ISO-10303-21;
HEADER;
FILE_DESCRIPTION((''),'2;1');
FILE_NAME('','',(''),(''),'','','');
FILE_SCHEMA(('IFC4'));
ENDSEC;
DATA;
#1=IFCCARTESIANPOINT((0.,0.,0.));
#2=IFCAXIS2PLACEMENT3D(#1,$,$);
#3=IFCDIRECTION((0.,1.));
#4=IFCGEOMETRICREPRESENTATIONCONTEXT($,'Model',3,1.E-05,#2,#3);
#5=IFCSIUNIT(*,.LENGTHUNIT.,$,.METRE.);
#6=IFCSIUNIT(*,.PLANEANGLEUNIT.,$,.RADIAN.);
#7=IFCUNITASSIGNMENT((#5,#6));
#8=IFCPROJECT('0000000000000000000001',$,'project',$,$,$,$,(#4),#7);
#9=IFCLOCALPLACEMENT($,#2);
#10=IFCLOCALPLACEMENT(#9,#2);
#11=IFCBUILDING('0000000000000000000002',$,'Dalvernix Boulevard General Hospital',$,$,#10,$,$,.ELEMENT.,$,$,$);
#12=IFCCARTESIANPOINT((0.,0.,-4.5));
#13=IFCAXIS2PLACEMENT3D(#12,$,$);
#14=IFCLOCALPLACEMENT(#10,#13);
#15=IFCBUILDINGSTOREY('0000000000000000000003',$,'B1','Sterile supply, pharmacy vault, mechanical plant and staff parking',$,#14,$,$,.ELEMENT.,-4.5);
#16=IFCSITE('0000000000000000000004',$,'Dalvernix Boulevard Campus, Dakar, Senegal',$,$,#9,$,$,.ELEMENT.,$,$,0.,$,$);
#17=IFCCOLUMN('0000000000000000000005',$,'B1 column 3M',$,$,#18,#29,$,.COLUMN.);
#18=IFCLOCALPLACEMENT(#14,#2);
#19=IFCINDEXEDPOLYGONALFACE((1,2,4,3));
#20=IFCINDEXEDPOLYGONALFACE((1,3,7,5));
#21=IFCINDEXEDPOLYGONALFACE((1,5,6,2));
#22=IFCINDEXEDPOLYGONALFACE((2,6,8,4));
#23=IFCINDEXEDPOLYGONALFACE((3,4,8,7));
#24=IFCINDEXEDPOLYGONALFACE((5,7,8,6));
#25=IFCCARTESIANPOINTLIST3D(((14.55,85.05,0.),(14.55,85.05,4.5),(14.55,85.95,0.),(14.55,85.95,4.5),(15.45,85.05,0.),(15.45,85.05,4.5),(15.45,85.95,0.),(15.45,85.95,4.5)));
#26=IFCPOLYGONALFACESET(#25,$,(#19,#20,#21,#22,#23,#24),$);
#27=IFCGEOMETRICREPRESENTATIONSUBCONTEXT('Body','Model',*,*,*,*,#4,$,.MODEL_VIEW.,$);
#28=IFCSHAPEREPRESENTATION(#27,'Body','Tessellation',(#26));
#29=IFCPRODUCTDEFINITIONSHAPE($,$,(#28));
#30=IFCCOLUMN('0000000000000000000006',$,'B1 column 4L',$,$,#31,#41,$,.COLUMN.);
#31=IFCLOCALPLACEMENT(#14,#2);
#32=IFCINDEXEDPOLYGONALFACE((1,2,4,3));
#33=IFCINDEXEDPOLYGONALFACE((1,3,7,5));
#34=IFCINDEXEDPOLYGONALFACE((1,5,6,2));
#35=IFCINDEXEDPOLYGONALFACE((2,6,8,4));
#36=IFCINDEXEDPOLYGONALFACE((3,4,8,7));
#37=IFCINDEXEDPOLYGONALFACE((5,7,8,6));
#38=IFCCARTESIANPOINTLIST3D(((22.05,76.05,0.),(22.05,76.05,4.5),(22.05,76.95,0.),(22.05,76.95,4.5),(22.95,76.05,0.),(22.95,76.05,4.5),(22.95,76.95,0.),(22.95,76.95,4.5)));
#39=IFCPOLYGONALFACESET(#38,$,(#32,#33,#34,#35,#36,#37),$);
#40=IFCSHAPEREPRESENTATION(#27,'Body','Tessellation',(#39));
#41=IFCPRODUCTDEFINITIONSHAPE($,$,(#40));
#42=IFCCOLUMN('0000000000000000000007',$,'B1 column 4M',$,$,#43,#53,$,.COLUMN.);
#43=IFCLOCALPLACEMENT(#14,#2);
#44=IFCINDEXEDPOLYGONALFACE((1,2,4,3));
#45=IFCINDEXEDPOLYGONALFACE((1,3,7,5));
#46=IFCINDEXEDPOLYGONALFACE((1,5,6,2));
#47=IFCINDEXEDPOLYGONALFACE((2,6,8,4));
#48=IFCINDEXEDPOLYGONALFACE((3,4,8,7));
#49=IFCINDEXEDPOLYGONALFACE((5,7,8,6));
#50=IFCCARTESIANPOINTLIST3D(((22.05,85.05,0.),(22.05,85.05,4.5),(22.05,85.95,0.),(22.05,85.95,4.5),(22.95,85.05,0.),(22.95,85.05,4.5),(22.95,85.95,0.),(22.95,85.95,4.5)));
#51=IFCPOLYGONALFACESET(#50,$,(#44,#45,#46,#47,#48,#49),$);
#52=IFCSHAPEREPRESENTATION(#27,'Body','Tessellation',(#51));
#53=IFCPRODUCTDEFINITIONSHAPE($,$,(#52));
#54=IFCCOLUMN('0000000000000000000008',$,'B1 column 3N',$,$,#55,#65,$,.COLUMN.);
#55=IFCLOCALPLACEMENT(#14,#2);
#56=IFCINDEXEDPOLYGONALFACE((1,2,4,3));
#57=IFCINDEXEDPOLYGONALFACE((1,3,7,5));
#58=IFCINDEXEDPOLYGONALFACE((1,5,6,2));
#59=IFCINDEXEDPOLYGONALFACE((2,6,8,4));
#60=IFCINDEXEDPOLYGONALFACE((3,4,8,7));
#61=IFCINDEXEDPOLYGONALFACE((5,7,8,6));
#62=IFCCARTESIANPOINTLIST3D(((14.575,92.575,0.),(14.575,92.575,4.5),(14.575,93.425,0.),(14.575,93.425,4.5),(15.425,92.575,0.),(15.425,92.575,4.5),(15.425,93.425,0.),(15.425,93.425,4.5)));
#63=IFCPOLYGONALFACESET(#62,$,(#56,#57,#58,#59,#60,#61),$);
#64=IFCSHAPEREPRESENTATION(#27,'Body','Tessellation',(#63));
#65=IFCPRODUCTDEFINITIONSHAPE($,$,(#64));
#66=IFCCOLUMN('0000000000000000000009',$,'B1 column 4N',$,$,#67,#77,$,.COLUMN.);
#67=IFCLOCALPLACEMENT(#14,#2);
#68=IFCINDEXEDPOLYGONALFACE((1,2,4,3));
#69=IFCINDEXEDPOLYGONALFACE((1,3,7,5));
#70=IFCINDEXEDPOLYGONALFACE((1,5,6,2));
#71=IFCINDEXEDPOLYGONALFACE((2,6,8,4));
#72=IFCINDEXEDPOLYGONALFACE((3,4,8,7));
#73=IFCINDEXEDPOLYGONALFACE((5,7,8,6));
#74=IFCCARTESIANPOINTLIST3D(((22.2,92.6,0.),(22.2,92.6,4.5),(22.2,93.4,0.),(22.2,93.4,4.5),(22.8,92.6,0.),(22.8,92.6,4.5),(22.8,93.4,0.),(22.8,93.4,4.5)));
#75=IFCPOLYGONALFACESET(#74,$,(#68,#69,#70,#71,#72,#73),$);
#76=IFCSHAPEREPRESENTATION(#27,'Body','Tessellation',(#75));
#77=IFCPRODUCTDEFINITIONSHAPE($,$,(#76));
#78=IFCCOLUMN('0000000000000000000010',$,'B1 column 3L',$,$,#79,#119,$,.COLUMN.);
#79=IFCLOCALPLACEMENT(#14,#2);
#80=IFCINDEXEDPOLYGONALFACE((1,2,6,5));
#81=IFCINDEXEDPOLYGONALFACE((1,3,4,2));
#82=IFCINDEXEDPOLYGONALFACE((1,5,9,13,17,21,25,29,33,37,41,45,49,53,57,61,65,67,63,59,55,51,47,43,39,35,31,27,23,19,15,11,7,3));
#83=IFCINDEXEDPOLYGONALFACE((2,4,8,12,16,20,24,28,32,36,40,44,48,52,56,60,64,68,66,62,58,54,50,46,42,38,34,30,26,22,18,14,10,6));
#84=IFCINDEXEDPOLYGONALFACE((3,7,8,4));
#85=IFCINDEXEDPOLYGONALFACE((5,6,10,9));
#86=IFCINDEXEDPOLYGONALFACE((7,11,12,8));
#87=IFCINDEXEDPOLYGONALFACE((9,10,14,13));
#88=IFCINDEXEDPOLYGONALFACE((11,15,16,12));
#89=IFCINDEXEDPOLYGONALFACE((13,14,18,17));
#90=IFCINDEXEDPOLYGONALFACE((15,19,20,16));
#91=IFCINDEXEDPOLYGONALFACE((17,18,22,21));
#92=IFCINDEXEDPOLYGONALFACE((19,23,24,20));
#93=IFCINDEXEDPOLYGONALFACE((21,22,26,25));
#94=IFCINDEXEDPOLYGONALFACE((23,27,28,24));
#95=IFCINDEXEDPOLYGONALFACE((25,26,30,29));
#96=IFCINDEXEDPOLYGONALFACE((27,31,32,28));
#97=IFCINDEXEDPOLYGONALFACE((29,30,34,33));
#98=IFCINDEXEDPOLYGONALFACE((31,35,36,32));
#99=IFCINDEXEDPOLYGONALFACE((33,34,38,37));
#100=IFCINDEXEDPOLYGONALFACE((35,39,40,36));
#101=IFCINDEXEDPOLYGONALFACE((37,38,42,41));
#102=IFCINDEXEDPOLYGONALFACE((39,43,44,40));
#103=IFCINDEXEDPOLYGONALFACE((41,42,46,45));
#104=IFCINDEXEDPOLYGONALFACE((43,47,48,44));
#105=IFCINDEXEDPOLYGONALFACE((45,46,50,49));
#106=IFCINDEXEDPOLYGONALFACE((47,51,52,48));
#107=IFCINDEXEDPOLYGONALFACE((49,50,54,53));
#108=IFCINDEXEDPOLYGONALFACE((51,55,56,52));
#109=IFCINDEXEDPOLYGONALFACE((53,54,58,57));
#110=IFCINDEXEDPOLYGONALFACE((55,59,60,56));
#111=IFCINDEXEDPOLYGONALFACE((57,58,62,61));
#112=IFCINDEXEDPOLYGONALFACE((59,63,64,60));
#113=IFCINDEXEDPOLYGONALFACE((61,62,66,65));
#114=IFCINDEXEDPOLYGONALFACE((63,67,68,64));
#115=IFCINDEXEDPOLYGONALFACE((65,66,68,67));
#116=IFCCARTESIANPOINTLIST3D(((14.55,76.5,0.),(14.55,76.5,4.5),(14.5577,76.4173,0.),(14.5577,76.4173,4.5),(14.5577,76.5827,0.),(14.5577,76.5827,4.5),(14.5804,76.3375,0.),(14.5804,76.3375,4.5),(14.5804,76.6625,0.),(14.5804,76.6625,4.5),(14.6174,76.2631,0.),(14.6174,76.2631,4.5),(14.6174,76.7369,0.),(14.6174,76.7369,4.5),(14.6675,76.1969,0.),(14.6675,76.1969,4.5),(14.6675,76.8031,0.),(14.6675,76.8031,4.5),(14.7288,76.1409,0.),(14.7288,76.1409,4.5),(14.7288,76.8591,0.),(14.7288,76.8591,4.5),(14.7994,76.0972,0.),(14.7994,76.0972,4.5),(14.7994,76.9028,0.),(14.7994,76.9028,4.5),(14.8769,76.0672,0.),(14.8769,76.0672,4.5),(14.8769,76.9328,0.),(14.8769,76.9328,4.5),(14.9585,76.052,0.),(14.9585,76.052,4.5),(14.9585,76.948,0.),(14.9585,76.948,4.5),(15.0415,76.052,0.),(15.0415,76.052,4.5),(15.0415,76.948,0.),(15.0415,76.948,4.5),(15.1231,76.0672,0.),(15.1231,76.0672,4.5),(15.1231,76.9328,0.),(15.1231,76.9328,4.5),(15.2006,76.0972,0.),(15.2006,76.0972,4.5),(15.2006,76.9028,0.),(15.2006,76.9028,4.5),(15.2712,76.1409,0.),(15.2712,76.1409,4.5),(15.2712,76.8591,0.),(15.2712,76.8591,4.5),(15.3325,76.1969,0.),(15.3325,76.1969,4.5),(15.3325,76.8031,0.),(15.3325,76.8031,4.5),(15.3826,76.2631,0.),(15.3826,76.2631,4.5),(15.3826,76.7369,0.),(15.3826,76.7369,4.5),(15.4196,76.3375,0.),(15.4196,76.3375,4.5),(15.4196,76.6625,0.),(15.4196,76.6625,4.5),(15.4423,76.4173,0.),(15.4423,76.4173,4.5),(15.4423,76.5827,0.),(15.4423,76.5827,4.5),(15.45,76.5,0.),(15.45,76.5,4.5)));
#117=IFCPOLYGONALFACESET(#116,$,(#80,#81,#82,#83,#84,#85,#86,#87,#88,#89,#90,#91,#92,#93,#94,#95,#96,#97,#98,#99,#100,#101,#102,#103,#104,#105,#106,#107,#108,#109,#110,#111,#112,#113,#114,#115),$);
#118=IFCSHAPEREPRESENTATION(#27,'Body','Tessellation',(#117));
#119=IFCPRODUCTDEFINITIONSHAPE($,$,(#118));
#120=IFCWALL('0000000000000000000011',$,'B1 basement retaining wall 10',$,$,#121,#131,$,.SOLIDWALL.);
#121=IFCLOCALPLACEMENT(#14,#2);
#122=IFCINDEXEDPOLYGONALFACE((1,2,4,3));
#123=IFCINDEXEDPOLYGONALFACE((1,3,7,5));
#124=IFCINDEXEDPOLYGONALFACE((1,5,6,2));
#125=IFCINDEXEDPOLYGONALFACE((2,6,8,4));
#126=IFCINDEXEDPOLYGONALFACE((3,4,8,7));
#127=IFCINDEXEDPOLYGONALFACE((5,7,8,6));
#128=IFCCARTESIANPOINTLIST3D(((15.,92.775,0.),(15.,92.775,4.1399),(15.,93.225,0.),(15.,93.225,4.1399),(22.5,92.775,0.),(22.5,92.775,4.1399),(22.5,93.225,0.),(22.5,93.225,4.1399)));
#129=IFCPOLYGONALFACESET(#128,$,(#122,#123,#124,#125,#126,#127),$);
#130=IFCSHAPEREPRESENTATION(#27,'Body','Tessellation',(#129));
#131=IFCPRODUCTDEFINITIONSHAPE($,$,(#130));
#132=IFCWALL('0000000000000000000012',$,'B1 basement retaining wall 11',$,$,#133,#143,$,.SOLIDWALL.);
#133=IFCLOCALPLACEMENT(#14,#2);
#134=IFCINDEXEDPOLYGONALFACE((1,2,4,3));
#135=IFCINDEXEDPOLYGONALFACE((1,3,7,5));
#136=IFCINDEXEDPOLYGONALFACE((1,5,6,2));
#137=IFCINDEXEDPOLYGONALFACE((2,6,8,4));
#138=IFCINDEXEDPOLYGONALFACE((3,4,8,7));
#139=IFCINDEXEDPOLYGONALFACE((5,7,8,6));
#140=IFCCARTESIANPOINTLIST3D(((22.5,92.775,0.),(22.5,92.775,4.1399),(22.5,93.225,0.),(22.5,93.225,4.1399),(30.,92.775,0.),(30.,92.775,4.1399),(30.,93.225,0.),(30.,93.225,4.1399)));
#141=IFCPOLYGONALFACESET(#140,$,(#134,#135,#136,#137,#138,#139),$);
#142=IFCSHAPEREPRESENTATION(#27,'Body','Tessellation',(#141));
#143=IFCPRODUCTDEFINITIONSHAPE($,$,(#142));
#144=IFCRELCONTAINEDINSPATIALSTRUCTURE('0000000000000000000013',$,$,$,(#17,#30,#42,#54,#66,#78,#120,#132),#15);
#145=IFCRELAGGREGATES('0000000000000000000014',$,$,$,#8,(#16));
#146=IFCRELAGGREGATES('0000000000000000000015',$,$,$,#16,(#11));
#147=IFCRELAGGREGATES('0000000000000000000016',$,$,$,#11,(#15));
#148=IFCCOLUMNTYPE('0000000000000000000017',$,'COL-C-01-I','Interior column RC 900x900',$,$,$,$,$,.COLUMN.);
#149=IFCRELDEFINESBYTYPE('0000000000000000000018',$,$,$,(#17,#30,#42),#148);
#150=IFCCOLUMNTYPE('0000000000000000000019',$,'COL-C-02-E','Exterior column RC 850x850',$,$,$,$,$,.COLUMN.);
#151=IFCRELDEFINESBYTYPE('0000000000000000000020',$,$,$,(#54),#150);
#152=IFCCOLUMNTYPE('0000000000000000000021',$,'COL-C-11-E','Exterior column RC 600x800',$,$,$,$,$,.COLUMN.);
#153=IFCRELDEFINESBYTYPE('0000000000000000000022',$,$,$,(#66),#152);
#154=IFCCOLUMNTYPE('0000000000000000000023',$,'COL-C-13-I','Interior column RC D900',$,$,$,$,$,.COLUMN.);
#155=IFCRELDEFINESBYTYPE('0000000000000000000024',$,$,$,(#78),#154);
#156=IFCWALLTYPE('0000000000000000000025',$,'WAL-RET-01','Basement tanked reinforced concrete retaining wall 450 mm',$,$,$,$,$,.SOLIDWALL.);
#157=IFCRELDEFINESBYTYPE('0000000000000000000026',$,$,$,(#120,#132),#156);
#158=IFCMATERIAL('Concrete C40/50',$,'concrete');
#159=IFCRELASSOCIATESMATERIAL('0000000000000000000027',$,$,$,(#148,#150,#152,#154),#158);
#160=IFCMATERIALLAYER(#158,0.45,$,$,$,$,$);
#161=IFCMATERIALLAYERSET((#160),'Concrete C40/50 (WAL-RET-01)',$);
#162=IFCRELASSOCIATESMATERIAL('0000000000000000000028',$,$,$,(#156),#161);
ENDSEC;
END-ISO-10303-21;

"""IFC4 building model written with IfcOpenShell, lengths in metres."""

from ifc_helpers import new_model, si_unit, direction, frame, frame_2d, origin, origin_2d, place, context, subcontext, project, spatial, rectangle, circle, extrude, material, layer, layer_set, material_profile, profile_set, type_object, element, save


model = new_model("IFC4")

# Units and contexts
model_context = context("Model", 3, precision=1e-05, world=origin(), true_north=direction((0.0, 1.0)))
body_context = subcontext(model_context, "Body", "Model", "MODEL_VIEW")
ifc_project = project(units=[si_unit("LENGTHUNIT", "METRE"), si_unit("PLANEANGLEUNIT", "RADIAN")], contexts=[model_context])

# Site, building, storey
site_placement = place(None, origin())
site = spatial("IfcSite", under=ifc_project, at=site_placement, Name="Dalvernix Boulevard Campus, Dakar, Senegal", CompositionType="ELEMENT", RefElevation=0.0)
building_placement = place(site_placement, origin())
building = spatial("IfcBuilding", under=site, at=building_placement, Name="Dalvernix Boulevard General Hospital", CompositionType="ELEMENT")
storey_placement = place(building_placement, frame((0.0, 0.0, -4.5)))
storey = spatial("IfcBuildingStorey", under=building, at=storey_placement, Name="B1", Description="Sterile supply, pharmacy vault, mechanical plant and staff parking", CompositionType="ELEMENT", Elevation=-4.5)

# Shared definitions
ifc_material_1 = material(Name="Concrete C40/50", Category="concrete")

# Columns
ifc_material_profile_1 = material_profile(ifc_material_1, rectangle(XDim=0.8999, YDim=0.8999, at=origin_2d()), Name="RC 900x900")
ifc_profile_set_1 = profile_set([ifc_material_profile_1], Name="Concrete C40/50")
column_type_1 = type_object("IfcColumnType", Name="COL-C-01-I", Description="Interior column RC 900x900", PredefinedType="COLUMN", material=ifc_profile_set_1)
for number, where, z_axis, x_axis, name in (
    (1, (15.0, 85.5, 0.0), (0.0, 0.0, 1.0), (1.0, 0.0, 0.0), "B1 column 3M"),
    (2, (22.5, 76.5, 0.0), (0.0, 0.0, 1.0), (1.0, 0.0, 0.0), "B1 column 4L"),
    (3, (22.5, 85.5, 0.0), (0.0, 0.0, 1.0), (1.0, 0.0, 0.0), "B1 column 4M"),
):
    element("IfcColumn", number, at=place(storey_placement, frame(where, z_axis=z_axis, x_axis=x_axis)), inside=storey, type_object=column_type_1, Name=name, PredefinedType="COLUMN", context=body_context, shape_type="SweptSolid", body=[
        extrude(rectangle(XDim=0.8999, YDim=0.8999, at=origin_2d()), origin(), (0.0, 0.0, 1.0), 4.5),
    ])
ifc_material_profile_2 = material_profile(ifc_material_1, rectangle(XDim=0.8501, YDim=0.8501, at=origin_2d()), Name="RC 850x850")
ifc_profile_set_2 = profile_set([ifc_material_profile_2], Name="Concrete C40/50")
column_type_2 = type_object("IfcColumnType", Name="COL-C-02-E", Description="Exterior column RC 850x850", PredefinedType="COLUMN", material=ifc_profile_set_2)
column_1_placement = place(storey_placement, frame((15.0, 93.0, 0.0), z_axis=(0.0, 0.0, 1.0), x_axis=(1.0, 0.0, 0.0)))
element("IfcColumn", 4, at=column_1_placement, inside=storey, type_object=column_type_2, Name="B1 column 3N", PredefinedType="COLUMN", context=body_context, shape_type="SweptSolid", body=[
    extrude(rectangle(XDim=0.8501, YDim=0.8501, at=origin_2d()), origin(), (0.0, 0.0, 1.0), 4.5),
])
ifc_material_profile_3 = material_profile(ifc_material_1, rectangle(XDim=0.6001, YDim=0.8, at=origin_2d()), Name="RC 600x800")
ifc_profile_set_3 = profile_set([ifc_material_profile_3], Name="Concrete C40/50")
column_type_3 = type_object("IfcColumnType", Name="COL-C-11-E", Description="Exterior column RC 600x800", PredefinedType="COLUMN", material=ifc_profile_set_3)
column_2_placement = place(storey_placement, frame((22.5, 93.0, 0.0), z_axis=(0.0, 0.0, 1.0), x_axis=(1.0, 0.0, 0.0)))
element("IfcColumn", 5, at=column_2_placement, inside=storey, type_object=column_type_3, Name="B1 column 4N", PredefinedType="COLUMN", context=body_context, shape_type="SweptSolid", body=[
    extrude(rectangle(XDim=0.6001, YDim=0.8, at=origin_2d()), origin(), (0.0, 0.0, 1.0), 4.5),
])
ifc_material_profile_4 = material_profile(ifc_material_1, circle(Radius=0.45, at=origin_2d()), Name="RC D900")
ifc_profile_set_4 = profile_set([ifc_material_profile_4], Name="Concrete C40/50")
column_type_4 = type_object("IfcColumnType", Name="COL-C-13-I", Description="Interior column RC D900", PredefinedType="COLUMN", material=ifc_profile_set_4)
column_3_placement = place(storey_placement, frame((15.0, 76.5, 0.0), z_axis=(0.0, 0.0, 1.0), x_axis=(1.0, 0.0, 0.0)))
element("IfcColumn", 6, at=column_3_placement, inside=storey, type_object=column_type_4, Name="B1 column 3L", PredefinedType="COLUMN", context=body_context, shape_type="SweptSolid", body=[
    extrude(circle(Radius=0.45, at=origin_2d()), origin(), (0.0, 0.0, 1.0), 4.5),
])

# Walls
ifc_layer = layer(ifc_material_1, 0.45)
ifc_layer_set = layer_set([ifc_layer], Name="Concrete C40/50 (WAL-RET-01)")
wall_type = type_object("IfcWallType", Name="WAL-RET-01", Description="Basement tanked reinforced concrete retaining wall 450 mm", PredefinedType="SOLIDWALL", material=ifc_layer_set)
for number, where, z_axis, x_axis, name in (
    (7, (15.0, 93.0, 0.0), (0.0, 0.0, 1.0), (1.0, 0.0, 0.0), "B1 basement retaining wall 10"),
    (8, (22.5, 93.0, 0.0), (0.0, 0.0, 1.0), (1.0, 0.0, 0.0), "B1 basement retaining wall 11"),
):
    element("IfcWall", number, at=place(storey_placement, frame(where, z_axis=z_axis, x_axis=x_axis)), inside=storey, type_object=wall_type, Name=name, PredefinedType="SOLIDWALL", context=body_context, shape_type="SweptSolid", body=[
        extrude(rectangle(XDim=7.5, YDim=0.45, at=frame_2d((3.75, 0.0))), origin(), (0.0, 0.0, 1.0), 4.1399),
    ])

save(model, "model.ifc")
